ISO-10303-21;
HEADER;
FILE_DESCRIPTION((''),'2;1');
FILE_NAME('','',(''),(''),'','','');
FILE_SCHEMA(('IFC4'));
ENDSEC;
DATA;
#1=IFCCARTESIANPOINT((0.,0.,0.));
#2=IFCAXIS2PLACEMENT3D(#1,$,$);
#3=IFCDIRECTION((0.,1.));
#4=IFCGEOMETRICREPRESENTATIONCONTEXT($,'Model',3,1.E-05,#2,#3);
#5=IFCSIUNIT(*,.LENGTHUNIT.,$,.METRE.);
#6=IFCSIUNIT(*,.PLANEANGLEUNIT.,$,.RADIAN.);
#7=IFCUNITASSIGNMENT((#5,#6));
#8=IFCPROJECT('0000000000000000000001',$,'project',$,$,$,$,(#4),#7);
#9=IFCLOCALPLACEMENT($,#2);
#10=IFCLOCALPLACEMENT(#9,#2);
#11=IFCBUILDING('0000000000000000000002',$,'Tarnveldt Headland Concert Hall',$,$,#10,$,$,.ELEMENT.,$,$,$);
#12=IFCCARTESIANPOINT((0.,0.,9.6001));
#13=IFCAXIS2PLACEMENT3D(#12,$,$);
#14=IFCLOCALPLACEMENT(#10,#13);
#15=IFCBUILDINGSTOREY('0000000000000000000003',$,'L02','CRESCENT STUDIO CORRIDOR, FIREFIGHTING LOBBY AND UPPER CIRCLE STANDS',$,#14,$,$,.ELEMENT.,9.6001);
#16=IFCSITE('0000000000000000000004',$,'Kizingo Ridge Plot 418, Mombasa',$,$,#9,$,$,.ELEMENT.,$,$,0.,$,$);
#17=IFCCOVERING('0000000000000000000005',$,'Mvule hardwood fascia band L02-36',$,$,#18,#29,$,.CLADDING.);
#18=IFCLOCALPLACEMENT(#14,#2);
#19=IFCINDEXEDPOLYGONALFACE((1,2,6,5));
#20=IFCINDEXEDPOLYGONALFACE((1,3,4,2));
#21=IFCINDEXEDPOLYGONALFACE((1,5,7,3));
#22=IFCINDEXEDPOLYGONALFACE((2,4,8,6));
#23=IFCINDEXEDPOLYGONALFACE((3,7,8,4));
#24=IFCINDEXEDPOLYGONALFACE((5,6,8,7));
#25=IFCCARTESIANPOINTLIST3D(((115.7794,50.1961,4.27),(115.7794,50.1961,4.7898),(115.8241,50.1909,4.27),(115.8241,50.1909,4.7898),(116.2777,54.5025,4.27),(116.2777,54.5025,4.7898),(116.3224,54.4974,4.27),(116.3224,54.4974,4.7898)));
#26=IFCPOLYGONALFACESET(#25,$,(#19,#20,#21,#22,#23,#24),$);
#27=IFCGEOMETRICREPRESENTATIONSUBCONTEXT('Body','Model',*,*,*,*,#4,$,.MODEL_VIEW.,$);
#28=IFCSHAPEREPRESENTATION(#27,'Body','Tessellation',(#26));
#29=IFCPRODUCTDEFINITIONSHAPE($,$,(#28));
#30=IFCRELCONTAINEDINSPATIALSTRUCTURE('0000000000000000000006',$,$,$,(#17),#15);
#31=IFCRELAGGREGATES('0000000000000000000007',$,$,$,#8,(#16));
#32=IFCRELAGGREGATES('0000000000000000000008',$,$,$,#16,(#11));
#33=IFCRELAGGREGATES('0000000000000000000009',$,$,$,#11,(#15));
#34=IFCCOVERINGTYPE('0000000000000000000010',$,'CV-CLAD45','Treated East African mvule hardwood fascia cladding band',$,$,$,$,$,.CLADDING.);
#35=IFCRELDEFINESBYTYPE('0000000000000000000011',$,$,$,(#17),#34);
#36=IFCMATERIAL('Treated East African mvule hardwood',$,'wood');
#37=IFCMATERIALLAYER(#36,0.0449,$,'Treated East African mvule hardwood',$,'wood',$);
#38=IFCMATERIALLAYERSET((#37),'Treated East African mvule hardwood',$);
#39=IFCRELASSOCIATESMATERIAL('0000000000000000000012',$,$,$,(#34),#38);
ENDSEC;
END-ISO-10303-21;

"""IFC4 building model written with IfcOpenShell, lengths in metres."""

from ifc_helpers import new_model, si_unit, direction, frame, frame_2d, origin, place, context, subcontext, project, spatial, rectangle, extrude, material, layer, layer_set, type_object, element, save


model = new_model("IFC4")

# Units and contexts
model_context = context("Model", 3, precision=1e-05, world=origin(), true_north=direction((0.0, 1.0)))
body_context = subcontext(model_context, "Body", "Model", "MODEL_VIEW")
ifc_project = project(units=[si_unit("LENGTHUNIT", "METRE"), si_unit("PLANEANGLEUNIT", "RADIAN")], contexts=[model_context])

# Site, building, storey
site_placement = place(None, origin())
site = spatial("IfcSite", under=ifc_project, at=site_placement, Name="Kizingo Ridge Plot 418, Mombasa", CompositionType="ELEMENT", RefElevation=0.0)
building_placement = place(site_placement, origin())
building = spatial("IfcBuilding", under=site, at=building_placement, Name="Tarnveldt Headland Concert Hall", CompositionType="ELEMENT")
storey_placement = place(building_placement, frame((0.0, 0.0, 9.6001)))
storey = spatial("IfcBuildingStorey", under=building, at=storey_placement, Name="L02", Description="CRESCENT STUDIO CORRIDOR, FIREFIGHTING LOBBY AND UPPER CIRCLE STANDS", CompositionType="ELEMENT", Elevation=9.6001)

# Covering
ifc_material_1 = material(Name="Treated East African mvule hardwood", Category="wood")
ifc_layer_1 = layer(ifc_material_1, 0.0449, Name="Treated East African mvule hardwood", Category="wood")
ifc_layer_set_1 = layer_set([ifc_layer_1], Name="Treated East African mvule hardwood")
covering_type = type_object("IfcCoveringType", Name="CV-CLAD45", Description="Treated East African mvule hardwood fascia cladding band", PredefinedType="CLADDING", material=ifc_layer_set_1)
covering_1_placement = place(storey_placement, frame((115.8018, 50.1936, 4.27), z_axis=(0.0, 0.0, 1.0), x_axis=(0.114943, 0.993372, 0.0)))
element("IfcCovering", 1, at=covering_1_placement, inside=storey, type_object=covering_type, Name="Mvule hardwood fascia band L02-36", PredefinedType="CLADDING", context=body_context, shape_type="SweptSolid", body=[
    extrude(rectangle(XDim=4.3352, YDim=0.0449, at=frame_2d((2.1675, 0.0))), origin(), (0.0, 0.0, 1.0), 0.5198),
])

save(model, "model.ifc")
